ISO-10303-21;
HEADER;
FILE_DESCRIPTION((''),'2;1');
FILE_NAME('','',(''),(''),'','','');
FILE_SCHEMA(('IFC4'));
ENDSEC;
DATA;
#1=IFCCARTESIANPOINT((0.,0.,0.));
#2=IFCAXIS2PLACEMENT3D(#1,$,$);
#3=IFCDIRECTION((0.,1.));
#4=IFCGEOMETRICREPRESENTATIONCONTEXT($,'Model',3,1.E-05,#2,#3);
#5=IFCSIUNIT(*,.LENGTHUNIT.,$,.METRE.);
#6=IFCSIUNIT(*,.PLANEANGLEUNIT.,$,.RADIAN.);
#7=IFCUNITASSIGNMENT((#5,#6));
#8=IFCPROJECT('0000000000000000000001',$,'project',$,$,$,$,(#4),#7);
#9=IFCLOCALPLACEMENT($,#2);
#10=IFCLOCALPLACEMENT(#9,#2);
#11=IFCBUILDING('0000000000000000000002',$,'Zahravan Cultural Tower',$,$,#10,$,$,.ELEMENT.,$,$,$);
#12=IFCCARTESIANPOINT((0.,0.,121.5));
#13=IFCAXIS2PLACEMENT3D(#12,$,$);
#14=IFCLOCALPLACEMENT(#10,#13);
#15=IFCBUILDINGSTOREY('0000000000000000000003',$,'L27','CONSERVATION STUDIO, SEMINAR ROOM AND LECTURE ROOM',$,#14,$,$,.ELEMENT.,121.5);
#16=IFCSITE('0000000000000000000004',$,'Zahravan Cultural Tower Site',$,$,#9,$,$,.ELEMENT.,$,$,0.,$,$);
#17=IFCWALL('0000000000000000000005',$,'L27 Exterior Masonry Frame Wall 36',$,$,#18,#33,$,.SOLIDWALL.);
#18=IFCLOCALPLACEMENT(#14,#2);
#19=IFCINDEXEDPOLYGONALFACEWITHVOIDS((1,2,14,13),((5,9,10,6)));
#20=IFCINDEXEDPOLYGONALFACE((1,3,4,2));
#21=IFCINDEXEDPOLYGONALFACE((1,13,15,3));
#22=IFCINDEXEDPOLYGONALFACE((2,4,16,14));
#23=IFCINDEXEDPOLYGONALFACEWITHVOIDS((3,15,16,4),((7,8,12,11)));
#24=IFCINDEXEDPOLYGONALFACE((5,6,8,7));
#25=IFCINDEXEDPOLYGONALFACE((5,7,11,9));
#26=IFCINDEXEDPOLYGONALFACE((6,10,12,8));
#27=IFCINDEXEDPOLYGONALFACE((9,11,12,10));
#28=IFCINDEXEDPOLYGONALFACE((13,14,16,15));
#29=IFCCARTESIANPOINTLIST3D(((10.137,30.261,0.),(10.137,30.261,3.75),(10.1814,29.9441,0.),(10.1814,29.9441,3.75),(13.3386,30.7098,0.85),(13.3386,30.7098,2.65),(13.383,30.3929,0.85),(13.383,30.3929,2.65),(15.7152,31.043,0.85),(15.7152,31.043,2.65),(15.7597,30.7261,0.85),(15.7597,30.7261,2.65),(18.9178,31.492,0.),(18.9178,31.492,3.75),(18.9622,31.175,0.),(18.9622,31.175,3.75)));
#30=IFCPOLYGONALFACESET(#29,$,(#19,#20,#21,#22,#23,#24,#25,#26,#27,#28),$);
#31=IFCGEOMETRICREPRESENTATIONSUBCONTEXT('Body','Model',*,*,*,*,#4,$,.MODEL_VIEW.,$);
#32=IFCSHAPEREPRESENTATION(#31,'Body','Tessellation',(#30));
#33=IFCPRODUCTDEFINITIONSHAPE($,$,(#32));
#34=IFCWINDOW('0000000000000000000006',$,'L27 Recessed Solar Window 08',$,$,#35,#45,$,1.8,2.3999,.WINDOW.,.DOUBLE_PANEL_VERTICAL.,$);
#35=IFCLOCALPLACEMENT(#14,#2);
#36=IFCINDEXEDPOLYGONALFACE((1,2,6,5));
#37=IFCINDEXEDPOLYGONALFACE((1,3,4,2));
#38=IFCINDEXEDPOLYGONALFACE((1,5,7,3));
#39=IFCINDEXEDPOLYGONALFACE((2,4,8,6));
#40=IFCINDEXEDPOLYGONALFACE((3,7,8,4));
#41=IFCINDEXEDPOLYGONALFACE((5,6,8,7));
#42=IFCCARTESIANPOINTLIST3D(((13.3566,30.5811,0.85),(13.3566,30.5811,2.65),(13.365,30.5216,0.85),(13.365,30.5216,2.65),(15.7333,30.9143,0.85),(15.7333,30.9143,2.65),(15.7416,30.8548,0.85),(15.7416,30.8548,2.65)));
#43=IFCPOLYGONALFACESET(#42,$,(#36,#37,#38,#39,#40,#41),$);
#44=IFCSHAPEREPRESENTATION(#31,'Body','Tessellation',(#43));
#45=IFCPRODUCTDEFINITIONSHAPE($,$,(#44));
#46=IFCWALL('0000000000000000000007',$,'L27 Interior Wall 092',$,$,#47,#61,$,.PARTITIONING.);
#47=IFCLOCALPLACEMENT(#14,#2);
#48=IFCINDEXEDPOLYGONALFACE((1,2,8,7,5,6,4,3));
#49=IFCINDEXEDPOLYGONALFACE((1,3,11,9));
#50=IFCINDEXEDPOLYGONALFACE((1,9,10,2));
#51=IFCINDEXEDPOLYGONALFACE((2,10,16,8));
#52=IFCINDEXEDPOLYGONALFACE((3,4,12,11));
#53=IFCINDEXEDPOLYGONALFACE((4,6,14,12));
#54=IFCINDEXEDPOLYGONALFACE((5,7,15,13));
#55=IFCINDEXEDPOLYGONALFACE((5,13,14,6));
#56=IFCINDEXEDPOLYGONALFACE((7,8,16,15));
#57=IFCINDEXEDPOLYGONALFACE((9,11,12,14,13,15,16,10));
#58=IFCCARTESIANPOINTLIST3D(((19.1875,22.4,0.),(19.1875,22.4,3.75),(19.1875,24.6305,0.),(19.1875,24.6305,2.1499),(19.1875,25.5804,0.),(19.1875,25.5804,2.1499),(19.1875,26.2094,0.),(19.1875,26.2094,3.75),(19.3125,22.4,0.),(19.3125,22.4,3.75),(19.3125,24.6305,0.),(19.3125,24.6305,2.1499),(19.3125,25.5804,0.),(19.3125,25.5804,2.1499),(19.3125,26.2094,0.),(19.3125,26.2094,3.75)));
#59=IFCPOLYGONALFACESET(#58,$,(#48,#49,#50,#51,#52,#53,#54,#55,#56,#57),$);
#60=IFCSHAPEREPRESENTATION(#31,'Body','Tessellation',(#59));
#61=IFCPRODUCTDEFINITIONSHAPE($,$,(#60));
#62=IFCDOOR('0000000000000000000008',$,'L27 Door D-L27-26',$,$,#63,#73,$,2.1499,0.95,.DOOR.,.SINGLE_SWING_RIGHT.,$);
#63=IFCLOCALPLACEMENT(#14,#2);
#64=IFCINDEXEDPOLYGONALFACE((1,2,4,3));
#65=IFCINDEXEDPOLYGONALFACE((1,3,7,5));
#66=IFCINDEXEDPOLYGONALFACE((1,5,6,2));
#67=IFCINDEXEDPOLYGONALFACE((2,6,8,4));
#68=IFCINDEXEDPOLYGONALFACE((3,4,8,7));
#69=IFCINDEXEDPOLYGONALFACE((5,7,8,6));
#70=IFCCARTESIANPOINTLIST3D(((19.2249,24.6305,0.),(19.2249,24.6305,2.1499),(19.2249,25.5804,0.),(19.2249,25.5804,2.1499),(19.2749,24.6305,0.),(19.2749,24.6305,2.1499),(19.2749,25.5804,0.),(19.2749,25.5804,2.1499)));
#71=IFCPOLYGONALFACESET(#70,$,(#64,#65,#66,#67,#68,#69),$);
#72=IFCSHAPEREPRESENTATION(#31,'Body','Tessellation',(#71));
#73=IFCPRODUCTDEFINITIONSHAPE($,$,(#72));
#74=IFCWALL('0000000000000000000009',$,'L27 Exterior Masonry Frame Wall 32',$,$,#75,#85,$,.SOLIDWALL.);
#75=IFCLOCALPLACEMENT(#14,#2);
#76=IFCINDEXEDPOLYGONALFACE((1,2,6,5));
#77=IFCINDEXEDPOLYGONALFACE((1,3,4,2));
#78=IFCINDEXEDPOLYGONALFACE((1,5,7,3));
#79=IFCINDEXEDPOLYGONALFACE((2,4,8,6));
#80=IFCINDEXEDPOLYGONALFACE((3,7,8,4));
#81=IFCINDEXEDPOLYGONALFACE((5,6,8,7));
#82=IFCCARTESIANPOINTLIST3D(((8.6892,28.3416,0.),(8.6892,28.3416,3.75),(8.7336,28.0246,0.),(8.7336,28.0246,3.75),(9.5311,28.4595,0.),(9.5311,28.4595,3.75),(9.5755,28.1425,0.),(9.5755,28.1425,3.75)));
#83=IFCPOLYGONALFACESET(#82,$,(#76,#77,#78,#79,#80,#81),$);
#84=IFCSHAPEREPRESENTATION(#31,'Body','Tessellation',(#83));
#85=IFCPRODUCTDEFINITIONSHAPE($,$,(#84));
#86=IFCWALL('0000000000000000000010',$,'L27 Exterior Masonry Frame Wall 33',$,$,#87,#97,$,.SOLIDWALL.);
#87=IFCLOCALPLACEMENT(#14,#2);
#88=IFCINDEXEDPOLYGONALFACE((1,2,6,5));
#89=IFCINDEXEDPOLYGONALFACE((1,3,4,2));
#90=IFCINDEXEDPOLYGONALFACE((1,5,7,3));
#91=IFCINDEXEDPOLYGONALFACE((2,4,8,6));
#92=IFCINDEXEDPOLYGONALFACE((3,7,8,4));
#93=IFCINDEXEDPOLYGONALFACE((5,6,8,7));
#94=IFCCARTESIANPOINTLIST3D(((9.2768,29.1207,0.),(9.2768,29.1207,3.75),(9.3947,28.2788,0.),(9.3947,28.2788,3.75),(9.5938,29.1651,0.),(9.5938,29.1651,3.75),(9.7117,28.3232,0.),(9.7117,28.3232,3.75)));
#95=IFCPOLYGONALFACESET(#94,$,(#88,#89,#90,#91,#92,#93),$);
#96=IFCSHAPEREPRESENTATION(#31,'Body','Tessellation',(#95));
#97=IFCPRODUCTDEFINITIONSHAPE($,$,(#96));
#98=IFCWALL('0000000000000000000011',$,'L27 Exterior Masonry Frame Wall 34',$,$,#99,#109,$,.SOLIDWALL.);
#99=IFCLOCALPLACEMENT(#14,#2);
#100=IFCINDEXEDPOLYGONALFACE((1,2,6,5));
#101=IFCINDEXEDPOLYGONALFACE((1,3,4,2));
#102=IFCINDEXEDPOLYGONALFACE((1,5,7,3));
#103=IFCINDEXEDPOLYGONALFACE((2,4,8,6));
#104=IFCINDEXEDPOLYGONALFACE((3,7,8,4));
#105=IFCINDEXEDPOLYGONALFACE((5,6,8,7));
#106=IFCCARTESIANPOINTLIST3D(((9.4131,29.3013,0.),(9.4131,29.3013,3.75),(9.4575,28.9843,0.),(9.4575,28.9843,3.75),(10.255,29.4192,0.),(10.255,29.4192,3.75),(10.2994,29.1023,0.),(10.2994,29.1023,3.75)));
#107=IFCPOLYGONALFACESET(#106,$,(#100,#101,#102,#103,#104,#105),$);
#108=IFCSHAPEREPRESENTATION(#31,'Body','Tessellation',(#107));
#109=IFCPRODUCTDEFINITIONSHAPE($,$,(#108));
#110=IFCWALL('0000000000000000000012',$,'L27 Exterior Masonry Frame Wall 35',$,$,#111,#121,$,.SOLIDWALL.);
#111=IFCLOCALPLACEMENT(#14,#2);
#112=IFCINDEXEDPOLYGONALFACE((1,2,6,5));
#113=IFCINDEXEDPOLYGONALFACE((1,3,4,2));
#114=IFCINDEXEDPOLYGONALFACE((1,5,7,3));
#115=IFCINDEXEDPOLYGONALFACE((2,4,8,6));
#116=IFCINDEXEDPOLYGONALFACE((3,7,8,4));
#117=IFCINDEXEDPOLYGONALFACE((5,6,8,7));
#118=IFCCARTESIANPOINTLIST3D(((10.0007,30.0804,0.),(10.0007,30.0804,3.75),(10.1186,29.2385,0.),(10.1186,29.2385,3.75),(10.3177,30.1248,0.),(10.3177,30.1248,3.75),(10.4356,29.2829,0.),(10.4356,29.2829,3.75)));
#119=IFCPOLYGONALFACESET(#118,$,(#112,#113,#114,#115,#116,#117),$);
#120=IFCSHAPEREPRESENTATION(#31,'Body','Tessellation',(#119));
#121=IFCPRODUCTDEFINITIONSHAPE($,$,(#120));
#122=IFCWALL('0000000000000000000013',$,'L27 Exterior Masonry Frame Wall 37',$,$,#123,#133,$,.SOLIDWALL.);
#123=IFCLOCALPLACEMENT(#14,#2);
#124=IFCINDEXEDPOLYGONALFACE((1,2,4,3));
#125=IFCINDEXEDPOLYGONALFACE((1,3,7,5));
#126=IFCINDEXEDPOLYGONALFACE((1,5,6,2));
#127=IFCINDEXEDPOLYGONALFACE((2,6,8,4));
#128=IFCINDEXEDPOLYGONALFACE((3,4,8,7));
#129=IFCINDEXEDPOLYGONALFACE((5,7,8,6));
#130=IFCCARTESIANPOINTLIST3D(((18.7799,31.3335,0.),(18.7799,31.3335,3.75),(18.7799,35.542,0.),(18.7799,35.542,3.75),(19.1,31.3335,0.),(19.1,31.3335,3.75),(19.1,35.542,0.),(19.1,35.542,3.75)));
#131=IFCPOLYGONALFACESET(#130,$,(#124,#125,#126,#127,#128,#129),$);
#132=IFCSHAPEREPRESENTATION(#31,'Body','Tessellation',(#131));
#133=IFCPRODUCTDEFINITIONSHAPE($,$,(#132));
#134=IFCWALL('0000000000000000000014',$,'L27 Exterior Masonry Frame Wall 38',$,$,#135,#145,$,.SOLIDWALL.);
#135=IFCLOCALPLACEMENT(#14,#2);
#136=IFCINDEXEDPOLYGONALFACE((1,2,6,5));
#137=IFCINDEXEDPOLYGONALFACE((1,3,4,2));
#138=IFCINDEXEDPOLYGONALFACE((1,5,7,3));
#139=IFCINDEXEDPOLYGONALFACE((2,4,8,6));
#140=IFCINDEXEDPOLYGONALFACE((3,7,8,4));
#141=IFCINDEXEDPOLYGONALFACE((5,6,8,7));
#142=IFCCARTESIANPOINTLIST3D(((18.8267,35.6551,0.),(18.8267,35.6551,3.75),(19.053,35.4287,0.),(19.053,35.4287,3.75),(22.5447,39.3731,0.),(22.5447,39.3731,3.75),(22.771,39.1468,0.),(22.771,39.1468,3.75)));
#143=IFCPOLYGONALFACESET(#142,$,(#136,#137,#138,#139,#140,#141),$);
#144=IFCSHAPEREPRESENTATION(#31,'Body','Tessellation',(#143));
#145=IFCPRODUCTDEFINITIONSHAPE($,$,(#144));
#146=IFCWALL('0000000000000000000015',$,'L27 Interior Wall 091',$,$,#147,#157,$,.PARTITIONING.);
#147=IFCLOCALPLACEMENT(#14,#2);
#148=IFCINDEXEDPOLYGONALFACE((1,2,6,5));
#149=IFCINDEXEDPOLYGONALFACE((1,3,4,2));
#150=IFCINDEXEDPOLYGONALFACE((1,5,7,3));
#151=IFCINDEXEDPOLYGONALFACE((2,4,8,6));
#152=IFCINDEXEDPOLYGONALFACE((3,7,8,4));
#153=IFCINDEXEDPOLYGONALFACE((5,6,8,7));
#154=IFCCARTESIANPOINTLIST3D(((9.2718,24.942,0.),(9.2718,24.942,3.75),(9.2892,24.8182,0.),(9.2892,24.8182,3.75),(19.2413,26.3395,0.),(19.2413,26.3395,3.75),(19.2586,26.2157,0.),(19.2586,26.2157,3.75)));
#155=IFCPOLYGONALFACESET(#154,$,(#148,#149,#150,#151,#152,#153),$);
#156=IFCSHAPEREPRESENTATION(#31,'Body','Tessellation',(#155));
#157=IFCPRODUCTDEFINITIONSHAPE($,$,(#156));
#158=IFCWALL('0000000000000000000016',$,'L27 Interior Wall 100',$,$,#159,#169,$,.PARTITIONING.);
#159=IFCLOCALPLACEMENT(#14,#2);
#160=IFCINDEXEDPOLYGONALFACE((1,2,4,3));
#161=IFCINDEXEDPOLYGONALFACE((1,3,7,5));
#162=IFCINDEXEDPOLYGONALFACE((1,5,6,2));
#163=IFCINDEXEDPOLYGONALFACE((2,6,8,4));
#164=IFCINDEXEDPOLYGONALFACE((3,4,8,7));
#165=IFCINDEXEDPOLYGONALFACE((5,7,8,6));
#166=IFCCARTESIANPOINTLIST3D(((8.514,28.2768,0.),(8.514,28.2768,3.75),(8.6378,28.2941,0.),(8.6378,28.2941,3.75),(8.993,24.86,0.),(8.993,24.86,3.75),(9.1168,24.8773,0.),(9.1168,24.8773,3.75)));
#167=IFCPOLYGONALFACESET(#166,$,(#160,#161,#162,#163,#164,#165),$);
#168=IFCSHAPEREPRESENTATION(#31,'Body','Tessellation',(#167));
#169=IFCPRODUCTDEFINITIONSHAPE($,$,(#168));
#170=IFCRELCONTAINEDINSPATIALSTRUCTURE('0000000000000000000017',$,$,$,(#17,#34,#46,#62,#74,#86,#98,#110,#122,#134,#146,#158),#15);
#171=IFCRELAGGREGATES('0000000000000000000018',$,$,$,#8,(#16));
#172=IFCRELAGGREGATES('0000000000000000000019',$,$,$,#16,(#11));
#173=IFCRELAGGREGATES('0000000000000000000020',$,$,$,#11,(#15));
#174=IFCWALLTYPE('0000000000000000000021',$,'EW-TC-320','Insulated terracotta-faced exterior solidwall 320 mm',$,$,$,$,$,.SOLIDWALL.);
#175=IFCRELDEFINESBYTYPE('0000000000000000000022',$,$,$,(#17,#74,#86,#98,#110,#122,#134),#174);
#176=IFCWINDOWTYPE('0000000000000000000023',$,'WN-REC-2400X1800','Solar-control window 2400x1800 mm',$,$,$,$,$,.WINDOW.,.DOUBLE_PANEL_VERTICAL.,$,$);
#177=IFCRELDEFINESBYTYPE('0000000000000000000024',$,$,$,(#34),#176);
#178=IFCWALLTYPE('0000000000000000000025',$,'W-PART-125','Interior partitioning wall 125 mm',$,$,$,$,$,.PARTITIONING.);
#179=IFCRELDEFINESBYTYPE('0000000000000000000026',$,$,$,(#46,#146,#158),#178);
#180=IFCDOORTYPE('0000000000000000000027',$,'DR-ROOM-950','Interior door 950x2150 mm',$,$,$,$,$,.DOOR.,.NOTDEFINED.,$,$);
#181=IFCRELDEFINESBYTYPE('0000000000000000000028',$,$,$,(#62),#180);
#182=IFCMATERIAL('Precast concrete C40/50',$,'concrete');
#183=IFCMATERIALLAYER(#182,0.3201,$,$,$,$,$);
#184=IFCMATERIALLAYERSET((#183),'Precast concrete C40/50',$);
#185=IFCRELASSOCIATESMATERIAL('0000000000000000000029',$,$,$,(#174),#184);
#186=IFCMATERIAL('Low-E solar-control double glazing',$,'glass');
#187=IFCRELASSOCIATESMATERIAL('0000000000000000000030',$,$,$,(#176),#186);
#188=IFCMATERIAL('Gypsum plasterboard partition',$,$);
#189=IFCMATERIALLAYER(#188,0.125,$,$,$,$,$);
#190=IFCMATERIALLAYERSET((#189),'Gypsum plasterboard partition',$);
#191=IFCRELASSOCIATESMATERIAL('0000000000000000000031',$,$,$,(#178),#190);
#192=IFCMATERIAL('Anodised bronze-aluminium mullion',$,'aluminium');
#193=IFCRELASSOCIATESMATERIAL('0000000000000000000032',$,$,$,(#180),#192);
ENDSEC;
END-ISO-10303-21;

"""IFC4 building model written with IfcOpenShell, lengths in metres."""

from ifc_helpers import new_model, si_unit, direction, frame, frame_2d, origin, place, context, subcontext, project, spatial, rectangle, extrude, source, transform, mapped, material, layer, layer_set, type_object, element, fill, save


model = new_model("IFC4")

# Units and contexts
model_context = context("Model", 3, precision=1e-05, world=origin(), true_north=direction((0.0, 1.0)))
body_context = subcontext(model_context, "Body", "Model", "MODEL_VIEW")
ifc_project = project(units=[si_unit("LENGTHUNIT", "METRE"), si_unit("PLANEANGLEUNIT", "RADIAN")], contexts=[model_context])

# Site, building, storey
site_placement = place(None, origin())
site = spatial("IfcSite", under=ifc_project, at=site_placement, Name="Zahravan Cultural Tower Site", CompositionType="ELEMENT", RefElevation=0.0)
building_placement = place(site_placement, origin())
building = spatial("IfcBuilding", under=site, at=building_placement, Name="Zahravan Cultural Tower", CompositionType="ELEMENT")
storey_placement = place(building_placement, frame((0.0, 0.0, 121.5)))
storey = spatial("IfcBuildingStorey", under=building, at=storey_placement, Name="L27", Description="CONSERVATION STUDIO, SEMINAR ROOM AND LECTURE ROOM", CompositionType="ELEMENT", Elevation=121.5)

# Shared definitions
ifc_material_1 = material(Name="Anodised bronze-aluminium mullion", Category="aluminium")
ifc_material_2 = material(Name="Low-E solar-control double glazing", Category="glass")

# Wall, opening, window
ifc_material_3 = material(Name="Precast concrete C40/50", Category="concrete")
ifc_layer_1 = layer(ifc_material_3, 0.3201)
ifc_layer_set_1 = layer_set([ifc_layer_1], Name="Precast concrete C40/50")
wall_type_1 = type_object("IfcWallType", Name="EW-TC-320", Description="Insulated terracotta-faced exterior solidwall 320 mm", PredefinedType="SOLIDWALL", material=ifc_layer_set_1)
wall_1_placement = place(storey_placement, frame((10.1592, 30.1025, 0.0), z_axis=(0.0, 0.0, 1.0), x_axis=(0.990316, 0.13883, 0.0)))
wall_1 = element("IfcWall", 1, at=wall_1_placement, inside=storey, type_object=wall_type_1, Name="L27 Exterior Masonry Frame Wall 36", PredefinedType="SOLIDWALL", context=body_context, shape_type="SweptSolid", body=[
    extrude(rectangle(XDim=8.8667, YDim=0.3201, at=frame_2d((4.4333, 0.0))), origin(), (0.0, 0.0, 1.0), 3.75),
])
opening_1_placement = place(wall_1_placement, frame((3.2329, 0.0, 0.8501)))
opening_1 = element("IfcOpeningElement", 2, at=opening_1_placement, cuts=wall_1, PredefinedType="OPENING", context=body_context, shape_type="SweptSolid", body=[
    extrude(rectangle(XDim=2.3999, YDim=1.8, at=frame_2d((1.2, 0.8999))), frame((0.0, 0.1699, 0.0), z_axis=(0.0, -1.0, 0.0), x_axis=(1.0, 0.0, 0.0)), (0.0, 0.0, 1.0), 0.3401),
])
window_type = type_object("IfcWindowType", Name="WN-REC-2400X1800", Description="Solar-control window 2400x1800 mm", PartitioningType="DOUBLE_PANEL_VERTICAL", PredefinedType="WINDOW", material=ifc_material_2)
shared_shape_1 = source(origin(), body_context, "Body", "SweptSolid", [
    extrude(rectangle(XDim=2.3999, YDim=1.8, at=frame_2d((1.2, 0.8999))), frame((0.0, 0.03, 0.0), z_axis=(0.0, -1.0, 0.0), x_axis=(1.0, 0.0, 0.0)), (0.0, 0.0, 1.0), 0.0601),
])
window_placement = place(opening_1_placement, origin())
window = element("IfcWindow", 3, at=window_placement, inside=storey, type_object=window_type, Name="L27 Recessed Solar Window 08", OverallHeight=1.8, OverallWidth=2.3999, PartitioningType="DOUBLE_PANEL_VERTICAL", PredefinedType="WINDOW", context=body_context, shape_type="MappedRepresentation", body=[
    mapped(shared_shape_1, transform((0.0, 0.0, 0.0), x_axis=(1.0, 0.0, 0.0), y_axis=(0.0, 1.0, 0.0), z_axis=(0.0, 0.0, 1.0), scale=1.0)),
])
fill(opening_1, window)

# Wall, opening, door
ifc_material_4 = material(Name="Gypsum plasterboard partition")
ifc_layer_2 = layer(ifc_material_4, 0.125)
ifc_layer_set_2 = layer_set([ifc_layer_2], Name="Gypsum plasterboard partition")
wall_type_2 = type_object("IfcWallType", Name="W-PART-125", Description="Interior partitioning wall 125 mm", PredefinedType="PARTITIONING", material=ifc_layer_set_2)
wall_2_placement = place(storey_placement, frame((19.25, 26.2095, 0.0), z_axis=(0.0, 0.0, 1.0), x_axis=(0.0, -1.0, 0.0)))
wall_2 = element("IfcWall", 4, at=wall_2_placement, inside=storey, type_object=wall_type_2, Name="L27 Interior Wall 092", PredefinedType="PARTITIONING", context=body_context, shape_type="SweptSolid", body=[
    extrude(rectangle(XDim=3.8093, YDim=0.125, at=frame_2d((1.9048, 0.0))), origin(), (0.0, 0.0, 1.0), 3.75),
])
opening_2_placement = place(wall_2_placement, frame((0.6289, 0.0, 0.0)))
opening_2 = element("IfcOpeningElement", 5, at=opening_2_placement, cuts=wall_2, PredefinedType="OPENING", context=body_context, shape_type="SweptSolid", body=[
    extrude(rectangle(XDim=0.95, YDim=2.1499, at=frame_2d((0.4751, 1.075))), frame((0.0, 0.0725, 0.0), z_axis=(0.0, -1.0, 0.0), x_axis=(1.0, 0.0, 0.0)), (0.0, 0.0, 1.0), 0.145),
])
door_type = type_object("IfcDoorType", Name="DR-ROOM-950", Description="Interior door 950x2150 mm", OperationType="NOTDEFINED", PredefinedType="DOOR", material=ifc_material_1)
shared_shape_2 = source(origin(), body_context, "Body", "SweptSolid", [
    extrude(rectangle(XDim=0.95, YDim=2.1499, at=frame_2d((0.4751, 1.075))), frame((0.0, 0.0249, 0.0), z_axis=(0.0, -1.0, 0.0), x_axis=(1.0, 0.0, 0.0)), (0.0, 0.0, 1.0), 0.05),
])
door_placement = place(opening_2_placement, origin())
door = element("IfcDoor", 6, at=door_placement, inside=storey, type_object=door_type, Name="L27 Door D-L27-26", OperationType="SINGLE_SWING_RIGHT", OverallHeight=2.1499, OverallWidth=0.95, PredefinedType="DOOR", context=body_context, shape_type="MappedRepresentation", body=[
    mapped(shared_shape_2, transform((0.0, 0.0, 0.0), x_axis=(1.0, 0.0, 0.0), y_axis=(0.0, 1.0, 0.0), z_axis=(0.0, 0.0, 1.0), scale=1.0)),
])
fill(opening_2, door)

# Walls
shared_shape_3 = source(origin(), body_context, "Body", "SweptSolid", [
    extrude(rectangle(XDim=0.8501, YDim=0.3201, at=frame_2d((0.425, 0.0))), origin(), (0.0, 0.0, 1.0), 3.75),
])
for number, where, z_axis, x_axis, name in (
    (7, (8.7114, 28.1831, 0.0), (0.0, 0.0, 1.0), (0.990331, 0.138727, 0.0), "L27 Exterior Masonry Frame Wall 32"),
    (8, (9.5532, 28.301, 0.0), (0.0, 0.0, 1.0), (-0.138727, 0.990331, 0.0), "L27 Exterior Masonry Frame Wall 33"),
    (9, (9.4353, 29.1428, 0.0), (0.0, 0.0, 1.0), (0.990331, 0.138727, 0.0), "L27 Exterior Masonry Frame Wall 34"),
    (10, (10.2771, 29.2607, 0.0), (0.0, 0.0, 1.0), (-0.138727, 0.990331, 0.0), "L27 Exterior Masonry Frame Wall 35"),
):
    element("IfcWall", number, at=place(storey_placement, frame(where, z_axis=z_axis, x_axis=x_axis)), inside=storey, type_object=wall_type_1, Name=name, PredefinedType="SOLIDWALL", context=body_context, shape_type="MappedRepresentation", body=[
        mapped(shared_shape_3, transform((0.0, 0.0, 0.0), x_axis=(1.0, 0.0, 0.0), y_axis=(0.0, 1.0, 0.0), z_axis=(0.0, 0.0, 1.0), scale=1.0)),
    ])
shared_shape_4 = source(origin(), body_context, "Body", "SweptSolid", [
    extrude(rectangle(XDim=4.2085, YDim=0.3201, at=frame_2d((2.1042, 0.0))), origin(), (0.0, 0.0, 1.0), 3.75),
])
wall_3_placement = place(storey_placement, frame((18.9399, 31.3335, 0.0), z_axis=(0.0, 0.0, 1.0), x_axis=(0.0, 1.0, 0.0)))
element("IfcWall", 11, at=wall_3_placement, inside=storey, type_object=wall_type_1, Name="L27 Exterior Masonry Frame Wall 37", PredefinedType="SOLIDWALL", context=body_context, shape_type="MappedRepresentation", body=[
    mapped(shared_shape_4, transform((0.0, 0.0, 0.0), x_axis=(1.0, 0.0, 0.0), y_axis=(0.0, 1.0, 0.0), z_axis=(0.0, 0.0, 1.0), scale=1.0)),
])
shared_shape_5 = source(origin(), body_context, "Body", "SweptSolid", [
    extrude(rectangle(XDim=5.2581, YDim=0.3201, at=frame_2d((2.6289, 0.0))), origin(), (0.0, 0.0, 1.0), 3.75),
])
wall_4_placement = place(storey_placement, frame((18.9399, 35.542, 0.0), z_axis=(0.0, 0.0, 1.0), x_axis=(0.707107, 0.707107, 0.0)))
element("IfcWall", 12, at=wall_4_placement, inside=storey, type_object=wall_type_1, Name="L27 Exterior Masonry Frame Wall 38", PredefinedType="SOLIDWALL", context=body_context, shape_type="MappedRepresentation", body=[
    mapped(shared_shape_5, transform((0.0, 0.0, 0.0), x_axis=(1.0, 0.0, 0.0), y_axis=(0.0, 1.0, 0.0), z_axis=(0.0, 0.0, 1.0), scale=1.0)),
])
shared_shape_6 = source(origin(), body_context, "Body", "SweptSolid", [
    extrude(rectangle(XDim=10.0669, YDim=0.125, at=frame_2d((5.0334, 0.0))), origin(), (0.0, 0.0, 1.0), 3.75),
])
wall_5_placement = place(storey_placement, frame((9.2805, 24.8801, 0.0), z_axis=(0.0, 0.0, 1.0), x_axis=(0.990318, 0.138817, 0.0)))
element("IfcWall", 13, at=wall_5_placement, inside=storey, type_object=wall_type_2, Name="L27 Interior Wall 091", PredefinedType="PARTITIONING", context=body_context, shape_type="MappedRepresentation", body=[
    mapped(shared_shape_6, transform((0.0, 0.0, 0.0), x_axis=(1.0, 0.0, 0.0), y_axis=(0.0, 1.0, 0.0), z_axis=(0.0, 0.0, 1.0), scale=1.0)),
])
shared_shape_7 = source(origin(), body_context, "Body", "SweptSolid", [
    extrude(rectangle(XDim=3.4502, YDim=0.125, at=frame_2d((1.7251, 0.0))), origin(), (0.0, 0.0, 1.0), 3.75),
])
wall_6_placement = place(storey_placement, frame((9.0549, 24.8687, 0.0), z_axis=(0.0, 0.0, 1.0), x_axis=(-0.138835, 0.990315, 0.0)))
element("IfcWall", 14, at=wall_6_placement, inside=storey, type_object=wall_type_2, Name="L27 Interior Wall 100", PredefinedType="PARTITIONING", context=body_context, shape_type="MappedRepresentation", body=[
    mapped(shared_shape_7, transform((0.0, 0.0, 0.0), x_axis=(1.0, 0.0, 0.0), y_axis=(0.0, 1.0, 0.0), z_axis=(0.0, 0.0, 1.0), scale=1.0)),
])

save(model, "model.ifc")
